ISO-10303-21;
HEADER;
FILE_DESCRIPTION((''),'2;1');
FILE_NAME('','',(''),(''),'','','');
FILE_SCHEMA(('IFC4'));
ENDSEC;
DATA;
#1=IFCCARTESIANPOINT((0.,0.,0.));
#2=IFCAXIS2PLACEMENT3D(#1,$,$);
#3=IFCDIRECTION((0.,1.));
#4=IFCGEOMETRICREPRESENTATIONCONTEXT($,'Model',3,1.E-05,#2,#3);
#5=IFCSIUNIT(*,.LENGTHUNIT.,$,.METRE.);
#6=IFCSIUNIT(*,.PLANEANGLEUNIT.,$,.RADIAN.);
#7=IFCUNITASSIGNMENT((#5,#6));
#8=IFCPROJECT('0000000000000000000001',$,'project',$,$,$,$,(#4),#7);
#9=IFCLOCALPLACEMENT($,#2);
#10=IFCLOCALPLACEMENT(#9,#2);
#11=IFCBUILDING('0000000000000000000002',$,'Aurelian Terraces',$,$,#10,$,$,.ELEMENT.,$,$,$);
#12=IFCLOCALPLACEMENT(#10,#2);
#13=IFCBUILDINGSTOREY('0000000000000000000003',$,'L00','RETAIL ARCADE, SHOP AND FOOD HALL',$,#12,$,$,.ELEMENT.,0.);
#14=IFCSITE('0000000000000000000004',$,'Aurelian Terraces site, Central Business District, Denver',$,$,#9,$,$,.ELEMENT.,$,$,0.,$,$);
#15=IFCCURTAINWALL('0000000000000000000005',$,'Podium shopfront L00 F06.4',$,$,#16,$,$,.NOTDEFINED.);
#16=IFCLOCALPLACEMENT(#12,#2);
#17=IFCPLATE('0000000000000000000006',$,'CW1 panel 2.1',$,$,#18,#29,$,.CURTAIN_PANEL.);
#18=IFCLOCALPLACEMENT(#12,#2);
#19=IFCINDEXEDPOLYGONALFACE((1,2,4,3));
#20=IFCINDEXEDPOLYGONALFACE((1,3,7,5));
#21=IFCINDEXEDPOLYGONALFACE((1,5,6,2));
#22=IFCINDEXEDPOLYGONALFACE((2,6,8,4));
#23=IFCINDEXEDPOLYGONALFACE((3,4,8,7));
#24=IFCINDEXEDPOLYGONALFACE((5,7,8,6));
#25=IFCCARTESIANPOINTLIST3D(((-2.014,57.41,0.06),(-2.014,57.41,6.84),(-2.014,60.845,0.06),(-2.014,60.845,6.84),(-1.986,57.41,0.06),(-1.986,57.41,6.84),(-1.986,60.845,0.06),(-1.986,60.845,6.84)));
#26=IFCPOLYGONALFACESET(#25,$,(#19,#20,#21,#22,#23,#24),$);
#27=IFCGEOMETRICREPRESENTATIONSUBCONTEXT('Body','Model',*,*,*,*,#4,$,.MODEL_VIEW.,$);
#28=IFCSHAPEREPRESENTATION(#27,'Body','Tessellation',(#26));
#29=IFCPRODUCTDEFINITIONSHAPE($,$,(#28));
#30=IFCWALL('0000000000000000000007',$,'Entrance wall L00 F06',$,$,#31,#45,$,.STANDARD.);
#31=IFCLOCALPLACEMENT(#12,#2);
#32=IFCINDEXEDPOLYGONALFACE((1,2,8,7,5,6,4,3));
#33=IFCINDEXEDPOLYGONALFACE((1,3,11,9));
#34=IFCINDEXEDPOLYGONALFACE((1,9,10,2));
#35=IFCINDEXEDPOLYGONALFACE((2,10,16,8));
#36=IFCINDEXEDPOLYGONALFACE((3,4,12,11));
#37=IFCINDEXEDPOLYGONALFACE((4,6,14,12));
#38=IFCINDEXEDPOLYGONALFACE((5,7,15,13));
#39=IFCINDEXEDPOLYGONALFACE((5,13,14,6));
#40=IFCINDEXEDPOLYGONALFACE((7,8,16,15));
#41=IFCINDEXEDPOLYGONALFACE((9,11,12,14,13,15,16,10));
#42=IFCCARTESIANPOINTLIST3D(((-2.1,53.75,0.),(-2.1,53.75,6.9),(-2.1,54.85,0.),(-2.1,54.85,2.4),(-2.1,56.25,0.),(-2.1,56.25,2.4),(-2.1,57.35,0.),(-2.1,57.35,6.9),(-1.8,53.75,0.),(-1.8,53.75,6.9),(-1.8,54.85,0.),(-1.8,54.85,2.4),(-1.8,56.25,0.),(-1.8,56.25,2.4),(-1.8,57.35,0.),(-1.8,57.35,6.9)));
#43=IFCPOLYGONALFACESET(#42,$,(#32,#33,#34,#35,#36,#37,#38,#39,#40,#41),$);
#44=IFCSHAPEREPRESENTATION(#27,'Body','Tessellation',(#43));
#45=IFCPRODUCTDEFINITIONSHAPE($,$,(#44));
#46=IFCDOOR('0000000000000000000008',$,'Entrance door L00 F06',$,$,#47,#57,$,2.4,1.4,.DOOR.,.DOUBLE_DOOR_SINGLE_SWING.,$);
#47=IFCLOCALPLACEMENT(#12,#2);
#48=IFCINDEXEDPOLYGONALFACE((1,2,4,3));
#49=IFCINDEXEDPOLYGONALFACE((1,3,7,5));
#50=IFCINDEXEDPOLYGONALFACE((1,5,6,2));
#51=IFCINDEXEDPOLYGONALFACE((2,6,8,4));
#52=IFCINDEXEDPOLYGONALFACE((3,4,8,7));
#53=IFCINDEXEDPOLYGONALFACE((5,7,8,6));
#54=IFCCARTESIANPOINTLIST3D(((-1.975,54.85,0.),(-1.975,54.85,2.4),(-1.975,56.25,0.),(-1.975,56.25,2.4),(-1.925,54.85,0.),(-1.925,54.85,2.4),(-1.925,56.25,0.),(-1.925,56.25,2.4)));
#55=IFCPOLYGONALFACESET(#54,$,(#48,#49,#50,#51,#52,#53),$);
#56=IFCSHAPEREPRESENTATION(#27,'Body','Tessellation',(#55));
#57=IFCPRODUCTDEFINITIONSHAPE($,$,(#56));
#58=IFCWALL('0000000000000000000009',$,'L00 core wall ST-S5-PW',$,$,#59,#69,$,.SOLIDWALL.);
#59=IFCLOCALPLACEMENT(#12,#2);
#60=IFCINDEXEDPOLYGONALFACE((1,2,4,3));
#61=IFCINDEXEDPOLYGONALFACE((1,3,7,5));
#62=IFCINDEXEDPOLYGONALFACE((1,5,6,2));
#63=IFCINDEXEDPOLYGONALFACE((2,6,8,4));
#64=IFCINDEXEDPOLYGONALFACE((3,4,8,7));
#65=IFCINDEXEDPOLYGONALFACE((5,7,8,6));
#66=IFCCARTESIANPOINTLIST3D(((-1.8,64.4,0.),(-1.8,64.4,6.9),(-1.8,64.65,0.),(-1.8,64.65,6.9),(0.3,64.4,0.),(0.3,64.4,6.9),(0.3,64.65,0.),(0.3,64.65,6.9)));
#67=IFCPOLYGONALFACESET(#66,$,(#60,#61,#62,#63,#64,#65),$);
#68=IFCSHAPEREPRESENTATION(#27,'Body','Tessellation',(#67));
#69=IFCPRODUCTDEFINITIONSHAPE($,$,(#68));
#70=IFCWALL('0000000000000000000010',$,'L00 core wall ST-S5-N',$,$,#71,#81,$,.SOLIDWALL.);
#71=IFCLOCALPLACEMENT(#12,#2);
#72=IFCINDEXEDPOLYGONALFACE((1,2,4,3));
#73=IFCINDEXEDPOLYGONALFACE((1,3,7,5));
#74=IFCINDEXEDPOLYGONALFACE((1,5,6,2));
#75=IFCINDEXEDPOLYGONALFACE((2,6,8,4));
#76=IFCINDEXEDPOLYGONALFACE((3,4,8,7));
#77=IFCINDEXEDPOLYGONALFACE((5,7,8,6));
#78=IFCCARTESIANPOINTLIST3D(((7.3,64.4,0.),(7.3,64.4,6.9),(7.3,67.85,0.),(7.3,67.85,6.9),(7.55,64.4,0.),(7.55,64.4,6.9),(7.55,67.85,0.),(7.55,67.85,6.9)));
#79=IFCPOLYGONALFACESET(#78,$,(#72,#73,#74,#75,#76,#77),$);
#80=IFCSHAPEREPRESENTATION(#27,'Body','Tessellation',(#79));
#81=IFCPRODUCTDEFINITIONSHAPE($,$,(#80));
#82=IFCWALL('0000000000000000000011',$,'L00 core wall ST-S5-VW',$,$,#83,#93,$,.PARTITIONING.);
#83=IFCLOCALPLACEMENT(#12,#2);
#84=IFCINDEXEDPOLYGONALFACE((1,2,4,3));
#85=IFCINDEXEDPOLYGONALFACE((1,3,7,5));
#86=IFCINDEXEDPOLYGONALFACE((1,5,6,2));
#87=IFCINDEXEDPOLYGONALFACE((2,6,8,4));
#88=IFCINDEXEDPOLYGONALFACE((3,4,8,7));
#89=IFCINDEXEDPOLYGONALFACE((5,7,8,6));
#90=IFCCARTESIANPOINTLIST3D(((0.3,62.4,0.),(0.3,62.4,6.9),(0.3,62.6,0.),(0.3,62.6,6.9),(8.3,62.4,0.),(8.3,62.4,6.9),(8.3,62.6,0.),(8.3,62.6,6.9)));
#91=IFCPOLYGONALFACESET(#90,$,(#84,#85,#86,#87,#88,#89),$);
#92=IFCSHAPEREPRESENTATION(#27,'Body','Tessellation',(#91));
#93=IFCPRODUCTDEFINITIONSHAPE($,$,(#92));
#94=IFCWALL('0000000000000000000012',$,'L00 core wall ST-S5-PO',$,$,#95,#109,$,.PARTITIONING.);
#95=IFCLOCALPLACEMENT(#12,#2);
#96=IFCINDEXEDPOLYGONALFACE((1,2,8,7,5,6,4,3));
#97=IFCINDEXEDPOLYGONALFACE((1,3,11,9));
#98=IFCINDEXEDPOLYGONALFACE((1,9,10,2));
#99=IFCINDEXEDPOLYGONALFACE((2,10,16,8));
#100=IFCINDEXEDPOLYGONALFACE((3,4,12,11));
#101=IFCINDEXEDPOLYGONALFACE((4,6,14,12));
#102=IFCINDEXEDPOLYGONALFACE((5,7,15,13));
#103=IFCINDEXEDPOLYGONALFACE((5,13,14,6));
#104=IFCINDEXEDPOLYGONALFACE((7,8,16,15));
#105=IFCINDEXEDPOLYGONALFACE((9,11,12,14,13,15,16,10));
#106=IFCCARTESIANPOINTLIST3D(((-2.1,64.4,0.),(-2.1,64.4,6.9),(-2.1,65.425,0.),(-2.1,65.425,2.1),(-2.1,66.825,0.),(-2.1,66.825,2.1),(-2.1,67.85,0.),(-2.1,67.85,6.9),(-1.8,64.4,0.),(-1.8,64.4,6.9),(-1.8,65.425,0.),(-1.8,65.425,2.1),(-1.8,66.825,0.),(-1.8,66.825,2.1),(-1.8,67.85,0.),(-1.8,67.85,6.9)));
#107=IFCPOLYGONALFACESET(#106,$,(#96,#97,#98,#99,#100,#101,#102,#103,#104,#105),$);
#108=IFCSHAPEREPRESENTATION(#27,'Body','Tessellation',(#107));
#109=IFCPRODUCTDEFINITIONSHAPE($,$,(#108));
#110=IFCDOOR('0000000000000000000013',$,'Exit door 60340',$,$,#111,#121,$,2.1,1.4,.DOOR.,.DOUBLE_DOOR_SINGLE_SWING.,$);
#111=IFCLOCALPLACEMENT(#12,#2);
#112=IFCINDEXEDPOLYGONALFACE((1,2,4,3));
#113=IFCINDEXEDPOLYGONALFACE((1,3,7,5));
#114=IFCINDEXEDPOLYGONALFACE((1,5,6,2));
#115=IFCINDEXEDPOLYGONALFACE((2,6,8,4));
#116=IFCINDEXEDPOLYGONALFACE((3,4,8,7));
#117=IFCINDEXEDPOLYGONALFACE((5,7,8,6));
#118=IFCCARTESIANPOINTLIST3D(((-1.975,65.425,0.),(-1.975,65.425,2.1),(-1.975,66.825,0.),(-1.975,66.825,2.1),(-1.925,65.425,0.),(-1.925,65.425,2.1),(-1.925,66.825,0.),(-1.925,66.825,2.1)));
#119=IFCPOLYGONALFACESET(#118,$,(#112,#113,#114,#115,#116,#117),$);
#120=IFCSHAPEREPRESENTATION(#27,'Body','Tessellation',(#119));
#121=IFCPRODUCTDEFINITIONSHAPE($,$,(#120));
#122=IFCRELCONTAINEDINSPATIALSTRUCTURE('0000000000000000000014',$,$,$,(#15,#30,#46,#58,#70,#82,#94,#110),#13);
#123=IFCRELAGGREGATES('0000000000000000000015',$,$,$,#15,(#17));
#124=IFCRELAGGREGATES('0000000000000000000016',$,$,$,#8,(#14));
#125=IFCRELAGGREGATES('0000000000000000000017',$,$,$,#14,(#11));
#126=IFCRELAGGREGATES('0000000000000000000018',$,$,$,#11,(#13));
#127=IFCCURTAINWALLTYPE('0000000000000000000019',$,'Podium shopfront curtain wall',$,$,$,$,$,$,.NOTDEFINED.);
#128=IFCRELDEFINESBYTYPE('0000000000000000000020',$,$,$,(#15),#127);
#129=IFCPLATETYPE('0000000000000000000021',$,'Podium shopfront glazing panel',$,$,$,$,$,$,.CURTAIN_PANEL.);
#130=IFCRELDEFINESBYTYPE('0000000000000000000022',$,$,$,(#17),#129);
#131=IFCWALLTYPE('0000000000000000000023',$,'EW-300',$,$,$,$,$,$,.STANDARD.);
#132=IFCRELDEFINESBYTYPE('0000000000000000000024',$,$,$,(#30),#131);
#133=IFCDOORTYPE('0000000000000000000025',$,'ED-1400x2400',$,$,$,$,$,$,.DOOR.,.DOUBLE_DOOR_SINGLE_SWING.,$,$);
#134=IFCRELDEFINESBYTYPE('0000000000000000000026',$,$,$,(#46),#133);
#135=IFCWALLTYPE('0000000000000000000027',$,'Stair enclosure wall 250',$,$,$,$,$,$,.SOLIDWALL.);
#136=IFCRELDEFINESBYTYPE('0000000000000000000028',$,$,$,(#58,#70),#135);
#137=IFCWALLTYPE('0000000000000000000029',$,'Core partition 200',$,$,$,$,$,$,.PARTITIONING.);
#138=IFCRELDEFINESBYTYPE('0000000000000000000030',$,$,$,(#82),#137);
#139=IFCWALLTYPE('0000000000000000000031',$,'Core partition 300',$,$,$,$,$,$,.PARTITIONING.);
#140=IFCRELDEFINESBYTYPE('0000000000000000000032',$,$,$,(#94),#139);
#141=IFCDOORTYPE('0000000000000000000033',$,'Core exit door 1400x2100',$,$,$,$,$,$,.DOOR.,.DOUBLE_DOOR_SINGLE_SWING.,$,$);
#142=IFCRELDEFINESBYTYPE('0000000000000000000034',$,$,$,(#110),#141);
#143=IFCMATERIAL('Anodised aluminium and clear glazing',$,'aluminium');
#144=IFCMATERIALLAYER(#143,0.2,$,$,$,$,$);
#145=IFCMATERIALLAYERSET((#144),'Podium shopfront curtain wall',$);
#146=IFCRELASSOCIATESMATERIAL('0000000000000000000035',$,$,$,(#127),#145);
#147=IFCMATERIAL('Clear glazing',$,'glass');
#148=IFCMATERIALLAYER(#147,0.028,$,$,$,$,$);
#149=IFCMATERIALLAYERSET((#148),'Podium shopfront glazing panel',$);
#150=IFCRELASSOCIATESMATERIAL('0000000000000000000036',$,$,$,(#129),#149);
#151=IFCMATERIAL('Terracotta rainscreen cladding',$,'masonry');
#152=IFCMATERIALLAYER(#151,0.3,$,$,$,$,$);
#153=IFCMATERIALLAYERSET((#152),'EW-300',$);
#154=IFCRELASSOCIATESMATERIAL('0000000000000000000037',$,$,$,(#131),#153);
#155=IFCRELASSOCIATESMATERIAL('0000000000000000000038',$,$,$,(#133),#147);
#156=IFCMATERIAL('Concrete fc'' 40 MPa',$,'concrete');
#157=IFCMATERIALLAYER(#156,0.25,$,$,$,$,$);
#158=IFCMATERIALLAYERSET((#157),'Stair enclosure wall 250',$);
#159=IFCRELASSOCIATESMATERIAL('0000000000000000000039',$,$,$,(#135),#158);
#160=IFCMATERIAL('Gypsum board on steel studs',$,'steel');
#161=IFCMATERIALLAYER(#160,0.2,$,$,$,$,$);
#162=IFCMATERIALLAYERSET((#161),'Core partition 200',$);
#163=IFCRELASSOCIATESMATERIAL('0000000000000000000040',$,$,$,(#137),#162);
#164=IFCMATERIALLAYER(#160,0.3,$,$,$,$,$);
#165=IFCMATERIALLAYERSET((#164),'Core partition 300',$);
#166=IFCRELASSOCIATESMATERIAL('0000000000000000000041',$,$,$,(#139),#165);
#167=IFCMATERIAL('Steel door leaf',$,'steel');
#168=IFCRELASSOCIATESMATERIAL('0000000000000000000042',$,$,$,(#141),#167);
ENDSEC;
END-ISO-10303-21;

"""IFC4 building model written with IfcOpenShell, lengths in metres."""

from ifc_helpers import new_model, si_unit, direction, frame, frame_2d, origin, origin_2d, place, context, subcontext, project, spatial, rectangle, extrude, source, transform, mapped, material, layer, layer_set, type_object, element, fill, aggregate, save


model = new_model("IFC4")

# Units and contexts
model_context = context("Model", 3, precision=1e-05, world=origin(), true_north=direction((0.0, 1.0)))
body_context = subcontext(model_context, "Body", "Model", "MODEL_VIEW")
ifc_project = project(units=[si_unit("LENGTHUNIT", "METRE"), si_unit("PLANEANGLEUNIT", "RADIAN")], contexts=[model_context])

# Site, building, storey
site_placement = place(None, origin())
site = spatial("IfcSite", under=ifc_project, at=site_placement, Name="Aurelian Terraces site, Central Business District, Denver", CompositionType="ELEMENT", RefElevation=0.0)
building_placement = place(site_placement, origin())
building = spatial("IfcBuilding", under=site, at=building_placement, Name="Aurelian Terraces", CompositionType="ELEMENT")
storey_placement = place(building_placement, origin())
storey = spatial("IfcBuildingStorey", under=building, at=storey_placement, Name="L00", Description="RETAIL ARCADE, SHOP AND FOOD HALL", CompositionType="ELEMENT", Elevation=0.0)

# Curtain wall
ifc_material_1 = material(Name="Anodised aluminium and clear glazing", Category="aluminium")
ifc_layer_1 = layer(ifc_material_1, 0.2)
ifc_layer_set_1 = layer_set([ifc_layer_1], Name="Podium shopfront curtain wall")
curtain_wall_type = type_object("IfcCurtainWallType", Name="Podium shopfront curtain wall", PredefinedType="NOTDEFINED", material=ifc_layer_set_1)
curtain_wall_1_placement = place(storey_placement, origin())
curtain_wall_1 = element("IfcCurtainWall", 1, at=curtain_wall_1_placement, inside=storey, type_object=curtain_wall_type, Name="Podium shopfront L00 F06.4", PredefinedType="NOTDEFINED")

# Plate
ifc_material_2 = material(Name="Clear glazing", Category="glass")
ifc_layer_2 = layer(ifc_material_2, 0.028)
ifc_layer_set_2 = layer_set([ifc_layer_2], Name="Podium shopfront glazing panel")
plate_type = type_object("IfcPlateType", Name="Podium shopfront glazing panel", PredefinedType="CURTAIN_PANEL", material=ifc_layer_set_2)
shared_shape_1 = source(origin(), body_context, "Body", "SweptSolid", [
    extrude(rectangle(XDim=3.435, YDim=0.028, at=origin_2d()), origin(), (0.0, 0.0, 1.0), 6.78),
])
plate_1_placement = place(storey_placement, frame((-2.0, 59.1275, 0.06), z_axis=(0.0, 0.0, 1.0), x_axis=(0.0, -1.0, 0.0)))
plate_1 = element("IfcPlate", 2, at=plate_1_placement, type_object=plate_type, Name="CW1 panel 2.1", PredefinedType="CURTAIN_PANEL", context=body_context, shape_type="MappedRepresentation", body=[
    mapped(shared_shape_1, transform((0.0, 0.0, 0.0), scale=1.0)),
])
aggregate(curtain_wall_1, [plate_1])

# Wall, opening, door
ifc_material_3 = material(Name="Terracotta rainscreen cladding", Category="masonry")
ifc_layer_3 = layer(ifc_material_3, 0.3)
ifc_layer_set_3 = layer_set([ifc_layer_3], Name="EW-300")
wall_type_1 = type_object("IfcWallType", Name="EW-300", PredefinedType="STANDARD", material=ifc_layer_set_3)
shared_shape_2 = source(origin(), body_context, "Body", "SweptSolid", [
    extrude(rectangle(XDim=3.6, YDim=0.3, at=frame_2d((1.8, 0.0))), origin(), (0.0, 0.0, 1.0), 6.9),
])
wall_1_placement = place(storey_placement, frame((-1.95, 57.35, 0.0), z_axis=(0.0, 0.0, 1.0), x_axis=(0.0, -1.0, 0.0)))
wall_1 = element("IfcWall", 3, at=wall_1_placement, inside=storey, type_object=wall_type_1, Name="Entrance wall L00 F06", PredefinedType="STANDARD", context=body_context, shape_type="MappedRepresentation", body=[
    mapped(shared_shape_2, transform((0.0, 0.0, 0.0), scale=1.0)),
])
shared_shape_3 = source(origin(), body_context, "Body", "SweptSolid", [
    extrude(rectangle(XDim=1.4, YDim=2.4, at=frame_2d((0.7, 1.2))), frame((0.0, 0.16, 0.0), z_axis=(0.0, -1.0, 0.0), x_axis=(1.0, 0.0, 0.0)), (0.0, 0.0, 1.0), 0.32),
])
opening_1_placement = place(wall_1_placement, frame((1.1, 0.0, 0.0)))
opening_1 = element("IfcOpeningElement", 4, at=opening_1_placement, cuts=wall_1, PredefinedType="OPENING", context=body_context, shape_type="MappedRepresentation", body=[
    mapped(shared_shape_3, transform((0.0, 0.0, 0.0), scale=1.0)),
])
door_type_1 = type_object("IfcDoorType", Name="ED-1400x2400", OperationType="DOUBLE_DOOR_SINGLE_SWING", PredefinedType="DOOR", material=ifc_material_2)
shared_shape_4 = source(origin(), body_context, "Body", "SweptSolid", [
    extrude(rectangle(XDim=1.4, YDim=2.4, at=frame_2d((0.7, 1.2))), frame((0.0, 0.025, 0.0), z_axis=(0.0, -1.0, 0.0), x_axis=(1.0, 0.0, 0.0)), (0.0, 0.0, 1.0), 0.05),
])
door_1_placement = place(opening_1_placement, origin())
door_1 = element("IfcDoor", 5, at=door_1_placement, inside=storey, type_object=door_type_1, Name="Entrance door L00 F06", OperationType="DOUBLE_DOOR_SINGLE_SWING", OverallHeight=2.4, OverallWidth=1.4, PredefinedType="DOOR", context=body_context, shape_type="MappedRepresentation", body=[
    mapped(shared_shape_4, transform((0.0, 0.0, 0.0), scale=1.0)),
])
fill(opening_1, door_1)

# Walls
ifc_material_4 = material(Name="Concrete fc' 40 MPa", Category="concrete")
ifc_layer_4 = layer(ifc_material_4, 0.25)
ifc_layer_set_4 = layer_set([ifc_layer_4], Name="Stair enclosure wall 250")
wall_type_2 = type_object("IfcWallType", Name="Stair enclosure wall 250", PredefinedType="SOLIDWALL", material=ifc_layer_set_4)
shared_shape_5 = source(origin(), body_context, "Body", "SweptSolid", [
    extrude(rectangle(XDim=2.1, YDim=0.25, at=frame_2d((1.05, 0.0))), origin(), (0.0, 0.0, 1.0), 6.9),
])
wall_2_placement = place(storey_placement, frame((-1.8, 64.525, 0.0), z_axis=(0.0, 0.0, 1.0), x_axis=(1.0, 0.0, 0.0)))
element("IfcWall", 6, at=wall_2_placement, inside=storey, type_object=wall_type_2, Name="L00 core wall ST-S5-PW", PredefinedType="SOLIDWALL", context=body_context, shape_type="MappedRepresentation", body=[
    mapped(shared_shape_5, transform((0.0, 0.0, 0.0), scale=1.0)),
])
shared_shape_6 = source(origin(), body_context, "Body", "SweptSolid", [
    extrude(rectangle(XDim=3.45, YDim=0.25, at=frame_2d((1.725, 0.0))), origin(), (0.0, 0.0, 1.0), 6.9),
])
wall_3_placement = place(storey_placement, frame((7.425, 64.4, 0.0), z_axis=(0.0, 0.0, 1.0), x_axis=(0.0, 1.0, 0.0)))
element("IfcWall", 7, at=wall_3_placement, inside=storey, type_object=wall_type_2, Name="L00 core wall ST-S5-N", PredefinedType="SOLIDWALL", context=body_context, shape_type="MappedRepresentation", body=[
    mapped(shared_shape_6, transform((0.0, 0.0, 0.0), scale=1.0)),
])
ifc_material_5 = material(Name="Gypsum board on steel studs", Category="steel")
ifc_layer_5 = layer(ifc_material_5, 0.2)
ifc_layer_set_5 = layer_set([ifc_layer_5], Name="Core partition 200")
wall_type_3 = type_object("IfcWallType", Name="Core partition 200", PredefinedType="PARTITIONING", material=ifc_layer_set_5)
shared_shape_7 = source(origin(), body_context, "Body", "SweptSolid", [
    extrude(rectangle(XDim=8.0, YDim=0.2, at=frame_2d((4.0, 0.0))), origin(), (0.0, 0.0, 1.0), 6.9),
])
wall_4_placement = place(storey_placement, frame((0.3, 62.5, 0.0), z_axis=(0.0, 0.0, 1.0), x_axis=(1.0, 0.0, 0.0)))
element("IfcWall", 8, at=wall_4_placement, inside=storey, type_object=wall_type_3, Name="L00 core wall ST-S5-VW", PredefinedType="PARTITIONING", context=body_context, shape_type="MappedRepresentation", body=[
    mapped(shared_shape_7, transform((0.0, 0.0, 0.0), scale=1.0)),
])

# Wall, opening, door
ifc_layer_6 = layer(ifc_material_5, 0.3)
ifc_layer_set_6 = layer_set([ifc_layer_6], Name="Core partition 300")
wall_type_4 = type_object("IfcWallType", Name="Core partition 300", PredefinedType="PARTITIONING", material=ifc_layer_set_6)
shared_shape_8 = source(origin(), body_context, "Body", "SweptSolid", [
    extrude(rectangle(XDim=3.45, YDim=0.3, at=frame_2d((1.725, 0.0))), origin(), (0.0, 0.0, 1.0), 6.9),
])
wall_5_placement = place(storey_placement, frame((-1.95, 64.4, 0.0), z_axis=(0.0, 0.0, 1.0), x_axis=(0.0, 1.0, 0.0)))
wall_5 = element("IfcWall", 9, at=wall_5_placement, inside=storey, type_object=wall_type_4, Name="L00 core wall ST-S5-PO", PredefinedType="PARTITIONING", context=body_context, shape_type="MappedRepresentation", body=[
    mapped(shared_shape_8, transform((0.0, 0.0, 0.0), scale=1.0)),
])
shared_shape_9 = source(origin(), body_context, "Body", "SweptSolid", [
    extrude(rectangle(XDim=1.4, YDim=2.1, at=frame_2d((0.7, 1.05))), frame((0.0, 0.16, 0.0), z_axis=(0.0, -1.0, 0.0), x_axis=(1.0, 0.0, 0.0)), (0.0, 0.0, 1.0), 0.32),
])
opening_2_placement = place(wall_5_placement, frame((1.025, 0.0, 0.0)))
opening_2 = element("IfcOpeningElement", 10, at=opening_2_placement, cuts=wall_5, PredefinedType="OPENING", context=body_context, shape_type="MappedRepresentation", body=[
    mapped(shared_shape_9, transform((0.0, 0.0, 0.0), scale=1.0)),
])
ifc_material_6 = material(Name="Steel door leaf", Category="steel")
door_type_2 = type_object("IfcDoorType", Name="Core exit door 1400x2100", OperationType="DOUBLE_DOOR_SINGLE_SWING", PredefinedType="DOOR", material=ifc_material_6)
shared_shape_10 = source(origin(), body_context, "Body", "SweptSolid", [
    extrude(rectangle(XDim=1.4, YDim=2.1, at=frame_2d((0.7, 1.05))), frame((0.0, 0.025, 0.0), z_axis=(0.0, -1.0, 0.0), x_axis=(1.0, 0.0, 0.0)), (0.0, 0.0, 1.0), 0.05),
])
door_2_placement = place(opening_2_placement, origin())
door_2 = element("IfcDoor", 11, at=door_2_placement, inside=storey, type_object=door_type_2, Name="Exit door 60340", OperationType="DOUBLE_DOOR_SINGLE_SWING", OverallHeight=2.1, OverallWidth=1.4, PredefinedType="DOOR", context=body_context, shape_type="MappedRepresentation", body=[
    mapped(shared_shape_10, transform((0.0, 0.0, 0.0), scale=1.0)),
])
fill(opening_2, door_2)

save(model, "model.ifc")
